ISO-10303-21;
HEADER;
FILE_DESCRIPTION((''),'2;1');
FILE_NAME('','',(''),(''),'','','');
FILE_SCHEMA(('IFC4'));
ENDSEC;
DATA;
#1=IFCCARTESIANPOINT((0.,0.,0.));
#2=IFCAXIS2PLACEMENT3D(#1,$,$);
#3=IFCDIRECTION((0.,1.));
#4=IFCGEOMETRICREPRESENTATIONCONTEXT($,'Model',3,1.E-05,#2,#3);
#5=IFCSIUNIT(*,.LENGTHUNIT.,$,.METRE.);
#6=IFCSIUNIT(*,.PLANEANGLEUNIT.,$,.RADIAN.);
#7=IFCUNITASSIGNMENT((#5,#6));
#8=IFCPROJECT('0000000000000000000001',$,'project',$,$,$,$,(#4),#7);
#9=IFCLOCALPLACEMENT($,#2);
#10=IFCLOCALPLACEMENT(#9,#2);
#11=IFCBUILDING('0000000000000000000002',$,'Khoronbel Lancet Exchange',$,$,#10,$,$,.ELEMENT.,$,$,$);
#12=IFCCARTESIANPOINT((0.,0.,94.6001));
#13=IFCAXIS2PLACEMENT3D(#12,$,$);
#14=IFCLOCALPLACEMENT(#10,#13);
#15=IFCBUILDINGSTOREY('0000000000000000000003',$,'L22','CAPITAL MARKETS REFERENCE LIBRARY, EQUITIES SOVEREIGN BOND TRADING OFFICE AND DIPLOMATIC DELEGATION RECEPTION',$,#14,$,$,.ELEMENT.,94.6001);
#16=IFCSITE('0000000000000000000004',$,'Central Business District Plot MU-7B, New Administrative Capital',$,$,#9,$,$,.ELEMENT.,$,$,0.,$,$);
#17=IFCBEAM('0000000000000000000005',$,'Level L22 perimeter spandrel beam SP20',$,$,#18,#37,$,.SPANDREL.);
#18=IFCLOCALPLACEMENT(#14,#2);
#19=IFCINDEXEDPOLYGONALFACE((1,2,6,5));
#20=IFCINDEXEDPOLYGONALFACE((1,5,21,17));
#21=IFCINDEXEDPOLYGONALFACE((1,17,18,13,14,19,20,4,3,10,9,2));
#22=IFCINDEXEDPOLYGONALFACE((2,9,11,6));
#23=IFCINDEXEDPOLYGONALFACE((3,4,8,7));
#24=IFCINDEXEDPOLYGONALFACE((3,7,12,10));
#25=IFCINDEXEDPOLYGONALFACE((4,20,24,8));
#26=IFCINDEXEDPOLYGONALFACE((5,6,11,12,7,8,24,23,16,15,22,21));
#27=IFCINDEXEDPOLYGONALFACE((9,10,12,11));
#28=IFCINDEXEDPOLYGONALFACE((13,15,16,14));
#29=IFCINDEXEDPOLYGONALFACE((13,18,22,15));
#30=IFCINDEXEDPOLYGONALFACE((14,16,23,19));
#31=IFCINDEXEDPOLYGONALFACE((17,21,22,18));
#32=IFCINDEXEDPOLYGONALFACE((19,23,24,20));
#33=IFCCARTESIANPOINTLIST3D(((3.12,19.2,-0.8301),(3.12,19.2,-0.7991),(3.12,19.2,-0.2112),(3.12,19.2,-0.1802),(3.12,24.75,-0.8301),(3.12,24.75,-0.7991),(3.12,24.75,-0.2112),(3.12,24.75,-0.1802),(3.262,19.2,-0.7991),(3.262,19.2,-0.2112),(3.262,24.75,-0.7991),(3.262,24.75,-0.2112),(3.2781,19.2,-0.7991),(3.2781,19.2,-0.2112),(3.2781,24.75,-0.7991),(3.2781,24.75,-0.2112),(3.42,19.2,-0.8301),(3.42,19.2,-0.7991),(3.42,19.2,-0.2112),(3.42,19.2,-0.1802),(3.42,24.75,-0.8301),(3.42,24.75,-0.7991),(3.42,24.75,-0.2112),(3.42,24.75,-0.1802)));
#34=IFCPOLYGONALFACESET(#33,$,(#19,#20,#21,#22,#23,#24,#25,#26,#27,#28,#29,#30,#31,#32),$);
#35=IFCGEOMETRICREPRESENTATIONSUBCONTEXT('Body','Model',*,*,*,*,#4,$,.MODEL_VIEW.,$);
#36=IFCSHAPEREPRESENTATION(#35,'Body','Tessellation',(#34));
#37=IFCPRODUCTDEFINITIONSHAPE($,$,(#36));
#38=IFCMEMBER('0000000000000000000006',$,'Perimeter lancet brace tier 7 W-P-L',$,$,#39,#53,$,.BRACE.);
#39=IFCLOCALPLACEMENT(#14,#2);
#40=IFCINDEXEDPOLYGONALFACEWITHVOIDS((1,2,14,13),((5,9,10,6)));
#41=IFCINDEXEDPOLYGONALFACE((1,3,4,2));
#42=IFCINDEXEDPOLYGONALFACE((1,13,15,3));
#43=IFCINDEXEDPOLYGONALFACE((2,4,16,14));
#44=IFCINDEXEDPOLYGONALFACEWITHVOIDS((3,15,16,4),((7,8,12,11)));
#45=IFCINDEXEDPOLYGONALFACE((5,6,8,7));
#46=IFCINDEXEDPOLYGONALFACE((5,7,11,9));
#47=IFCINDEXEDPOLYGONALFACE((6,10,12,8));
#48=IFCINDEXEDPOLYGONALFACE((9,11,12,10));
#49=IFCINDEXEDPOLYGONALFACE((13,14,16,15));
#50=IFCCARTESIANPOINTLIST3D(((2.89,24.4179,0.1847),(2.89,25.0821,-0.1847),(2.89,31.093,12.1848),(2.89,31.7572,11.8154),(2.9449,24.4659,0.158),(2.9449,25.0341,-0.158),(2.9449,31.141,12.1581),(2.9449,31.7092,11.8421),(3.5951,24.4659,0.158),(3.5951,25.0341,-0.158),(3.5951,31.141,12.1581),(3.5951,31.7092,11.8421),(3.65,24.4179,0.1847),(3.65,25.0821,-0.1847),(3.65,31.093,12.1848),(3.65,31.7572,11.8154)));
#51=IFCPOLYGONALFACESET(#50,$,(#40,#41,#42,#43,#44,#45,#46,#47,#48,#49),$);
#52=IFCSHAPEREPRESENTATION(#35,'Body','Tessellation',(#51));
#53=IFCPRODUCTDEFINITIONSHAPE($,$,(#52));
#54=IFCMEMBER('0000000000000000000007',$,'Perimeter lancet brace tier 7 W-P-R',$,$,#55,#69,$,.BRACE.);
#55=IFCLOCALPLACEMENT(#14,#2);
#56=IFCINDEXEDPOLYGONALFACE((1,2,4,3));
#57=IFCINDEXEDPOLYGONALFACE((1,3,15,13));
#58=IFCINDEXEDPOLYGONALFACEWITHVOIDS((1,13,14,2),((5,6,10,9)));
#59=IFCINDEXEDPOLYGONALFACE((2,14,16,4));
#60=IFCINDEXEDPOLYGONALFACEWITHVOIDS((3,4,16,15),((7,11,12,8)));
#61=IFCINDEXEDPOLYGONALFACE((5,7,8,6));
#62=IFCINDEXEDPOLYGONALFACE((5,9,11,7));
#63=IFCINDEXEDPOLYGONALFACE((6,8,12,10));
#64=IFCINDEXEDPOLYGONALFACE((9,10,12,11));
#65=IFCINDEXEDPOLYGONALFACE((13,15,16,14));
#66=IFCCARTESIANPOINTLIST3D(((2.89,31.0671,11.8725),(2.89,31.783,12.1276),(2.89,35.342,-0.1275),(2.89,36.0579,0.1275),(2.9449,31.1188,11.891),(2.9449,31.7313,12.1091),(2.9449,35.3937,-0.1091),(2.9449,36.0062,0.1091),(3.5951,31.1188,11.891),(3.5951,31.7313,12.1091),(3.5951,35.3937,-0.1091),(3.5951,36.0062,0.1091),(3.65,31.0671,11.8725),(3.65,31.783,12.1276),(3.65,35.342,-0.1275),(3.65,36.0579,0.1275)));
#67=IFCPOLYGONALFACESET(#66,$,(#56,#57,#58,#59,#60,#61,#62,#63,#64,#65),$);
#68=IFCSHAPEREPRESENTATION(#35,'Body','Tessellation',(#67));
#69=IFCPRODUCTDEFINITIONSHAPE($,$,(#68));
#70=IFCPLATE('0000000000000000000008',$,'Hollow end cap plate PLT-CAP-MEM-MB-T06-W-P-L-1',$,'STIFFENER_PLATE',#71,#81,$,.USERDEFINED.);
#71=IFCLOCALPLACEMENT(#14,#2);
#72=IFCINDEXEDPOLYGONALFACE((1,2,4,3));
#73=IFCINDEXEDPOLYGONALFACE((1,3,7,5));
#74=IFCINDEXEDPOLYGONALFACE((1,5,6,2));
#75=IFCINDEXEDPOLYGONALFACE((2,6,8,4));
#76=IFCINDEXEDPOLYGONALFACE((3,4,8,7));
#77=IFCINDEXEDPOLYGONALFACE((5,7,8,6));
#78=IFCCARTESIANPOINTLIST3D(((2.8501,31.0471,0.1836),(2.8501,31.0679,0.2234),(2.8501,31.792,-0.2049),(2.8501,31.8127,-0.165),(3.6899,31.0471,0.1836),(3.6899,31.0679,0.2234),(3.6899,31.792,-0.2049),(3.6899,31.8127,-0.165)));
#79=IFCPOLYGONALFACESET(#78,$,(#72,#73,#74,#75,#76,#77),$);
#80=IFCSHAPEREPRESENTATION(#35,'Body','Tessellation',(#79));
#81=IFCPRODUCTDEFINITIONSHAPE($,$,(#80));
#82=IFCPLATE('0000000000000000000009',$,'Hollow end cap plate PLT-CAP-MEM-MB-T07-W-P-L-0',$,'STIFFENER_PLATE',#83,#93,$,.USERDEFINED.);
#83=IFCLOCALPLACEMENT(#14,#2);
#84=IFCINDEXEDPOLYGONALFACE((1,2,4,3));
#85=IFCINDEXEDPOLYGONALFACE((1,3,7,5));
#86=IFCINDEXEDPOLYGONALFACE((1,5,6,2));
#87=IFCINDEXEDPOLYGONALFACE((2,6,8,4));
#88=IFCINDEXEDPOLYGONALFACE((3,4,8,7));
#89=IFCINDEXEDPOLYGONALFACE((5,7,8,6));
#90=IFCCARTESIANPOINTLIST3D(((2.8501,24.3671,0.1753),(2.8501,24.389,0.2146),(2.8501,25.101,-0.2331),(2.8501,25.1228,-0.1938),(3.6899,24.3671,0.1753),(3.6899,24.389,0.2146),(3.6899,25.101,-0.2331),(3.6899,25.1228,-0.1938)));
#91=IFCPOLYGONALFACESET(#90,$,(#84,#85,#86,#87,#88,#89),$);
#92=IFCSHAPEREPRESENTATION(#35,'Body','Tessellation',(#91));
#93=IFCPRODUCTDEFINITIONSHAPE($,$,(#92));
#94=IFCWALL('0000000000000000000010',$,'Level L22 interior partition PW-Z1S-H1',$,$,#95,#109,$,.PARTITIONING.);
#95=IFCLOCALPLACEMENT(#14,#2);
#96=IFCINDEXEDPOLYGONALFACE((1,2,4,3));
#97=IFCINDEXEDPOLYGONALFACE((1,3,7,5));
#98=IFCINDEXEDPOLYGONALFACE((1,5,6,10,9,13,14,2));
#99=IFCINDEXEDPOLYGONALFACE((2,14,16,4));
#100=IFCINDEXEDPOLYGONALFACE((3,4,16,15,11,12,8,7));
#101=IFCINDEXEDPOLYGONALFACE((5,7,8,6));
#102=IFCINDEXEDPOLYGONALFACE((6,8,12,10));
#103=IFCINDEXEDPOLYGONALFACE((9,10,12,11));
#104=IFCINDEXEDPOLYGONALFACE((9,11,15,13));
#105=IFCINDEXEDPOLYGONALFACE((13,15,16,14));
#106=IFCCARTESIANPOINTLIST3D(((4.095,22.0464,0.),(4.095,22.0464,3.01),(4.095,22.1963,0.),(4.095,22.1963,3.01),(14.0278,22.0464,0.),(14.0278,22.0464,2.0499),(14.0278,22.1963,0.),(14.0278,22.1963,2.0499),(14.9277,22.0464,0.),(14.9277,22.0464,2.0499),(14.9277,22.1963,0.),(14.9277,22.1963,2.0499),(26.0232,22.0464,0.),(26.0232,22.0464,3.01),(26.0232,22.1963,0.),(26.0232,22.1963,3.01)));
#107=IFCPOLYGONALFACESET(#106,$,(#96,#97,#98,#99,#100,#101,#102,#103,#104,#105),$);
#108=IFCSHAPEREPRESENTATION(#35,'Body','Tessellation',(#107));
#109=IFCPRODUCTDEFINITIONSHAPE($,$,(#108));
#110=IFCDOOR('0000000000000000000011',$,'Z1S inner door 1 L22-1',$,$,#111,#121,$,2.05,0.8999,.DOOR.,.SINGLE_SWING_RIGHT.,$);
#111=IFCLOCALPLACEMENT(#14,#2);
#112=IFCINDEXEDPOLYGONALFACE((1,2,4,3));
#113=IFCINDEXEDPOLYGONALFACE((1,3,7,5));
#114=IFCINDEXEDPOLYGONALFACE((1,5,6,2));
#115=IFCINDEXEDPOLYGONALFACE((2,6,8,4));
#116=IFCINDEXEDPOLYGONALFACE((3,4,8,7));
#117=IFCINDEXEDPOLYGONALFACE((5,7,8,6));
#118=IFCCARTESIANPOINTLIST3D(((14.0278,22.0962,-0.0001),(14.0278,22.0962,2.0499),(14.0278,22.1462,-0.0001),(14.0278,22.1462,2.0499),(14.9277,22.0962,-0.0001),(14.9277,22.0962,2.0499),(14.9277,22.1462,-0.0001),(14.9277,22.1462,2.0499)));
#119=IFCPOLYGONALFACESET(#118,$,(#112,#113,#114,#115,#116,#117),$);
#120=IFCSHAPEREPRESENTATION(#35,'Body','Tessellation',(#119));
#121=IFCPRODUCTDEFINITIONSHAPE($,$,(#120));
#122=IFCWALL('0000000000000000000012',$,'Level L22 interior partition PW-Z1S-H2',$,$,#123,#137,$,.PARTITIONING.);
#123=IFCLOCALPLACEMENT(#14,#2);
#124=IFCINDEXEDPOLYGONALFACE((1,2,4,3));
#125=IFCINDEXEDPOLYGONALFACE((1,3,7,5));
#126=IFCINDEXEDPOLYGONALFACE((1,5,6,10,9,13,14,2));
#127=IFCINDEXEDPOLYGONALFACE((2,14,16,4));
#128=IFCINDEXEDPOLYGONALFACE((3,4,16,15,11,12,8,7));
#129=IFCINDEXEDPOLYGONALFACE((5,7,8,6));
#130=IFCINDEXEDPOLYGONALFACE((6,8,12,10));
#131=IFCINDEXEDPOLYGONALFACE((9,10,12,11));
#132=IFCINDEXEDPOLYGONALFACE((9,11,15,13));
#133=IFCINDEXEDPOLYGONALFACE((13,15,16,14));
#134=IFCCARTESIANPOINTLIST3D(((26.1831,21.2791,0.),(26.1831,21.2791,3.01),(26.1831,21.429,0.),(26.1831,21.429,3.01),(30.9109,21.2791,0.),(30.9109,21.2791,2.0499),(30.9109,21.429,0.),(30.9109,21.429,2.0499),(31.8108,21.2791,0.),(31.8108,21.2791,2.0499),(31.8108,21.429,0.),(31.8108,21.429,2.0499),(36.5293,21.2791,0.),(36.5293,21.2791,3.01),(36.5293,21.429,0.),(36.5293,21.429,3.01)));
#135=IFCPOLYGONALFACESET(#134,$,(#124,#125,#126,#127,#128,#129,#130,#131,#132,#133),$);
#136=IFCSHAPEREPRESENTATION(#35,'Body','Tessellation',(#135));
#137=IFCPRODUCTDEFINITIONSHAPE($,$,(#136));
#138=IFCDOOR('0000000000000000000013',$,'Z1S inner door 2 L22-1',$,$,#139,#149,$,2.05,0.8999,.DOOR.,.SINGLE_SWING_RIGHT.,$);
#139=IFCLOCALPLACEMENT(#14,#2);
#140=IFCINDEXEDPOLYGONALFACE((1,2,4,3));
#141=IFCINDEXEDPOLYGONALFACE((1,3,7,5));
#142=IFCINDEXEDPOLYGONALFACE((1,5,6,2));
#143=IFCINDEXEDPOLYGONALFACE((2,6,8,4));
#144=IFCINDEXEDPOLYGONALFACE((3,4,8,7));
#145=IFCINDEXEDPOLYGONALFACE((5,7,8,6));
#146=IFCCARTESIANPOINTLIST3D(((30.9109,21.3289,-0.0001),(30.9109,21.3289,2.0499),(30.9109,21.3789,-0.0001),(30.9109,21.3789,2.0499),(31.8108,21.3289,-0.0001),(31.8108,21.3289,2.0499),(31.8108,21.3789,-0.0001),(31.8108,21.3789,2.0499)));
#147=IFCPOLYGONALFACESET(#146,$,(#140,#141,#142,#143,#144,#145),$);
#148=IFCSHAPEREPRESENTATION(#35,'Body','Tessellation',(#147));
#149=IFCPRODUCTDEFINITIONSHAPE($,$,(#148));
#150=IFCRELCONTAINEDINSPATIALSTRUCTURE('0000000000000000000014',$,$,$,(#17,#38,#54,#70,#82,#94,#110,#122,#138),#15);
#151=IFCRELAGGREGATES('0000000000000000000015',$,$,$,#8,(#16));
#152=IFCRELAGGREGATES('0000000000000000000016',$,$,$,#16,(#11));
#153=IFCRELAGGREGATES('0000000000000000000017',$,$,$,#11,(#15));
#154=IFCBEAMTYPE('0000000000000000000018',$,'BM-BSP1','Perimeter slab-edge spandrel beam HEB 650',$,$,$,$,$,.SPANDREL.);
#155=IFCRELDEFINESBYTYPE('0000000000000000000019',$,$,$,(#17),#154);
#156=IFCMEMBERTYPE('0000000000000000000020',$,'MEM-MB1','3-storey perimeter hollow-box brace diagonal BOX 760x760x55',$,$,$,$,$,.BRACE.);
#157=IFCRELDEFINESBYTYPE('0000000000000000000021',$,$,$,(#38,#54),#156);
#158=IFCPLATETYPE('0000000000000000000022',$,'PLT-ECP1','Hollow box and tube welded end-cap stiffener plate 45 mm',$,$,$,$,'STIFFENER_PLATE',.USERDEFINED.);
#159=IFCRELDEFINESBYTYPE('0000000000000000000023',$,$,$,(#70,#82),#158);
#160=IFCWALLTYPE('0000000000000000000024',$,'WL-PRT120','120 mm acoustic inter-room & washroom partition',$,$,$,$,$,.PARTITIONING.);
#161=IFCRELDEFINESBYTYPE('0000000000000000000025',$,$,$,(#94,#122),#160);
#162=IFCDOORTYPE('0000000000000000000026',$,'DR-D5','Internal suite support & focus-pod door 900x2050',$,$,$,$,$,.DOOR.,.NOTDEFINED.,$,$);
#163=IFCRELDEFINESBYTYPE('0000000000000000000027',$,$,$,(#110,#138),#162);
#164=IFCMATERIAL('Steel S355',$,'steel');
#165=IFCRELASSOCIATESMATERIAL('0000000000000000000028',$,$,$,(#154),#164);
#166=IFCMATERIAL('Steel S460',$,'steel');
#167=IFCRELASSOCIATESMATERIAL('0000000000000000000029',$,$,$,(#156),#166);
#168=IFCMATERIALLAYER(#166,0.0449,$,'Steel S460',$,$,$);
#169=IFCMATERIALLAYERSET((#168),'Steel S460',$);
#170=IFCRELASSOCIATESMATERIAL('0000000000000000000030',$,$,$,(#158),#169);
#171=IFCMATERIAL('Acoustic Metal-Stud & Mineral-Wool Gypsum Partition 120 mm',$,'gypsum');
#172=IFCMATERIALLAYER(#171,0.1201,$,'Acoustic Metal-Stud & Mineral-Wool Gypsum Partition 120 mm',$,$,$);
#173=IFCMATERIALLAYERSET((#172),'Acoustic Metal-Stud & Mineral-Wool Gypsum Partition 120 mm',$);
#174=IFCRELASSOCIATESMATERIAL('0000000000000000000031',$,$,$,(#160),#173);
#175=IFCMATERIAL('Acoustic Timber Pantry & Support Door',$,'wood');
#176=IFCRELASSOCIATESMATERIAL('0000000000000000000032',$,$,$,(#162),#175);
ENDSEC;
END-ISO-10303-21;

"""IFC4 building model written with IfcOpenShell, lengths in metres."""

from ifc_helpers import new_model, si_unit, direction, frame, frame_2d, origin, origin_2d, place, context, subcontext, project, spatial, polyline, rectangle, hollow_rectangle, i_section, outline, extrude, material, layer, layer_set, material_profile, profile_set, type_object, element, fill, save


model = new_model("IFC4")

# Units and contexts
model_context = context("Model", 3, precision=1e-05, world=origin(), true_north=direction((0.0, 1.0)))
body_context = subcontext(model_context, "Body", "Model", "MODEL_VIEW")
ifc_project = project(units=[si_unit("LENGTHUNIT", "METRE"), si_unit("PLANEANGLEUNIT", "RADIAN")], contexts=[model_context])

# Site, building, storey
site_placement = place(None, origin())
site = spatial("IfcSite", under=ifc_project, at=site_placement, Name="Central Business District Plot MU-7B, New Administrative Capital", CompositionType="ELEMENT", RefElevation=0.0)
building_placement = place(site_placement, origin())
building = spatial("IfcBuilding", under=site, at=building_placement, Name="Khoronbel Lancet Exchange", CompositionType="ELEMENT")
storey_placement = place(building_placement, frame((0.0, 0.0, 94.6001)))
storey = spatial("IfcBuildingStorey", under=building, at=storey_placement, Name="L22", Description="CAPITAL MARKETS REFERENCE LIBRARY, EQUITIES SOVEREIGN BOND TRADING OFFICE AND DIPLOMATIC DELEGATION RECEPTION", CompositionType="ELEMENT", Elevation=94.6001)

# Shared definitions
ifc_material_1 = material(Name="Steel S460", Category="steel")
ifc_material_2 = material(Name="Steel S355", Category="steel")

# Beam
ifc_material_profile_1 = material_profile(ifc_material_2, i_section(OverallWidth=0.3, OverallDepth=0.6499, WebThickness=0.0161, FlangeThickness=0.031, at=origin_2d()), Name="HEB 650")
ifc_profile_set_1 = profile_set([ifc_material_profile_1], Name="Steel S355")
beam_type_1 = type_object("IfcBeamType", Name="BM-BSP1", Description="Perimeter slab-edge spandrel beam HEB 650", PredefinedType="SPANDREL", material=ifc_profile_set_1)
beam_1_placement = place(storey_placement, frame((3.27, 24.75, -0.5051), z_axis=(0.0, -1.0, 0.0), x_axis=(1.0, 0.0, 0.0)))
element("IfcBeam", 1, at=beam_1_placement, inside=storey, type_object=beam_type_1, Name="Level L22 perimeter spandrel beam SP20", PredefinedType="SPANDREL", context=body_context, shape_type="SweptSolid", body=[
    extrude(i_section(OverallWidth=0.3, OverallDepth=0.6499, WebThickness=0.0161, FlangeThickness=0.031, at=origin_2d()), origin(), (0.0, 0.0, 1.0), 5.55),
])

# Members
ifc_material_profile_2 = material_profile(ifc_material_1, hollow_rectangle(XDim=0.76, YDim=0.76, WallThickness=0.0549, at=origin_2d()), Name="BOX 760x760x55")
ifc_profile_set_2 = profile_set([ifc_material_profile_2], Name="Steel S460")
member_type = type_object("IfcMemberType", Name="MEM-MB1", Description="3-storey perimeter hollow-box brace diagonal BOX 760x760x55", PredefinedType="BRACE", material=ifc_profile_set_2)
member_1_placement = place(storey_placement, frame((3.27, 24.75, 0.0), z_axis=(0.0, 0.486109, 0.873898), x_axis=(-1.0, 0.0, 0.0)))
element("IfcMember", 2, at=member_1_placement, inside=storey, type_object=member_type, Name="Perimeter lancet brace tier 7 W-P-L", PredefinedType="BRACE", context=body_context, shape_type="SweptSolid", body=[
    extrude(hollow_rectangle(XDim=0.76, YDim=0.76, WallThickness=0.0549, at=origin_2d()), origin(), (0.0, 0.0, 1.0), 13.7317),
])
member_2_placement = place(storey_placement, frame((3.27, 35.7, 0.0), z_axis=(0.0, -0.335584, 0.94201), x_axis=(1.0, 0.0, 0.0)))
element("IfcMember", 3, at=member_2_placement, inside=storey, type_object=member_type, Name="Perimeter lancet brace tier 7 W-P-R", PredefinedType="BRACE", context=body_context, shape_type="SweptSolid", body=[
    extrude(hollow_rectangle(XDim=0.76, YDim=0.76, WallThickness=0.0549, at=origin_2d()), origin(), (0.0, 0.0, 1.0), 12.7388),
])

# Plates
ifc_layer_1 = layer(ifc_material_1, 0.0449, Name="Steel S460")
ifc_layer_set_1 = layer_set([ifc_layer_1], Name="Steel S460")
plate_type = type_object("IfcPlateType", Name="PLT-ECP1", Description="Hollow box and tube welded end-cap stiffener plate 45 mm", ElementType="STIFFENER_PLATE", PredefinedType="USERDEFINED", material=ifc_layer_set_1)
plate_1_placement = place(storey_placement, frame((3.6899, 31.8127, -0.165), z_axis=(0.0, 0.462377, 0.886683), x_axis=(-1.0, 0.0, 0.0)))
element("IfcPlate", 4, at=plate_1_placement, inside=storey, type_object=plate_type, Name="Hollow end cap plate PLT-CAP-MEM-MB-T06-W-P-L-1", ObjectType="STIFFENER_PLATE", PredefinedType="USERDEFINED", context=body_context, shape_type="SweptSolid", body=[
    extrude(outline(polyline([(0.0, 0.0), (0.8398, 0.0), (0.8398, 0.8401), (0.0, 0.8401), (0.0, 0.0)])), origin(), (0.0, 0.0, -1.0), 0.0449),
])
plate_2_placement = place(storey_placement, frame((3.6899, 25.1228, -0.1938), z_axis=(0.0, 0.486309, 0.873787), x_axis=(-1.0, 0.0, 0.0)))
element("IfcPlate", 5, at=plate_2_placement, inside=storey, type_object=plate_type, Name="Hollow end cap plate PLT-CAP-MEM-MB-T07-W-P-L-0", ObjectType="STIFFENER_PLATE", PredefinedType="USERDEFINED", context=body_context, shape_type="SweptSolid", body=[
    extrude(outline(polyline([(0.0, 0.0), (0.8398, 0.0), (0.8398, 0.8398), (0.0, 0.8398), (0.0, 0.0)])), origin(), (0.0, 0.0, -1.0), 0.0449),
])

# Walls, openings, doors
ifc_material_3 = material(Name="Acoustic Metal-Stud & Mineral-Wool Gypsum Partition 120 mm", Category="gypsum")
ifc_layer_2 = layer(ifc_material_3, 0.1201, Name="Acoustic Metal-Stud & Mineral-Wool Gypsum Partition 120 mm")
ifc_layer_set_2 = layer_set([ifc_layer_2], Name="Acoustic Metal-Stud & Mineral-Wool Gypsum Partition 120 mm")
wall_type_1 = type_object("IfcWallType", Name="WL-PRT120", Description="120 mm acoustic inter-room & washroom partition", PredefinedType="PARTITIONING", material=ifc_layer_set_2)
wall_1_placement = place(storey_placement, frame((4.095, 22.1213, 0.0), z_axis=(0.0, 0.0, 1.0), x_axis=(1.0, 0.0, 0.0)))
wall_1 = element("IfcWall", 6, at=wall_1_placement, inside=storey, type_object=wall_type_1, Name="Level L22 interior partition PW-Z1S-H1", PredefinedType="PARTITIONING", context=body_context, shape_type="SweptSolid", body=[
    extrude(rectangle(XDim=21.9282, YDim=0.1499, at=frame_2d((10.9641, 0.0))), origin(), (0.0, 0.0, 1.0), 3.01),
])
opening_1_placement = place(wall_1_placement, frame((9.9329, 0.0, 0.0)))
opening_1 = element("IfcOpeningElement", 7, at=opening_1_placement, cuts=wall_1, PredefinedType="OPENING", context=body_context, shape_type="SweptSolid", body=[
    extrude(rectangle(XDim=0.8999, YDim=2.05, at=frame_2d((0.45, 1.0249))), frame((0.0, 0.085, 0.0), z_axis=(0.0, -1.0, 0.0), x_axis=(1.0, 0.0, 0.0)), (0.0, 0.0, 1.0), 0.1699),
])
ifc_material_4 = material(Name="Acoustic Timber Pantry & Support Door", Category="wood")
door_type_1 = type_object("IfcDoorType", Name="DR-D5", Description="Internal suite support & focus-pod door 900x2050", OperationType="NOTDEFINED", PredefinedType="DOOR", material=ifc_material_4)
door_1_placement = place(opening_1_placement, origin())
door_1 = element("IfcDoor", 8, at=door_1_placement, inside=storey, type_object=door_type_1, Name="Z1S inner door 1 L22-1", OperationType="SINGLE_SWING_RIGHT", OverallHeight=2.05, OverallWidth=0.8999, PredefinedType="DOOR", context=body_context, shape_type="SweptSolid", body=[
    extrude(rectangle(XDim=0.8999, YDim=2.05, at=frame_2d((0.45, 1.0249))), frame((0.0, 0.0249, 0.0), z_axis=(0.0, -1.0, 0.0), x_axis=(1.0, 0.0, 0.0)), (0.0, 0.0, 1.0), 0.05),
])
fill(opening_1, door_1)
wall_2_placement = place(storey_placement, frame((26.1831, 21.354, 0.0), z_axis=(0.0, 0.0, 1.0), x_axis=(1.0, 0.0, 0.0)))
wall_2 = element("IfcWall", 9, at=wall_2_placement, inside=storey, type_object=wall_type_1, Name="Level L22 interior partition PW-Z1S-H2", PredefinedType="PARTITIONING", context=body_context, shape_type="SweptSolid", body=[
    extrude(rectangle(XDim=10.3462, YDim=0.1499, at=frame_2d((5.1731, 0.0))), origin(), (0.0, 0.0, 1.0), 3.01),
])
opening_2_placement = place(wall_2_placement, frame((4.7278, 0.0, 0.0)))
opening_2 = element("IfcOpeningElement", 10, at=opening_2_placement, cuts=wall_2, PredefinedType="OPENING", context=body_context, shape_type="SweptSolid", body=[
    extrude(rectangle(XDim=0.8999, YDim=2.05, at=frame_2d((0.45, 1.0249))), frame((0.0, 0.085, 0.0), z_axis=(0.0, -1.0, 0.0), x_axis=(1.0, 0.0, 0.0)), (0.0, 0.0, 1.0), 0.1699),
])
door_2_placement = place(opening_2_placement, origin())
door_2 = element("IfcDoor", 11, at=door_2_placement, inside=storey, type_object=door_type_1, Name="Z1S inner door 2 L22-1", OperationType="SINGLE_SWING_RIGHT", OverallHeight=2.05, OverallWidth=0.8999, PredefinedType="DOOR", context=body_context, shape_type="SweptSolid", body=[
    extrude(rectangle(XDim=0.8999, YDim=2.05, at=frame_2d((0.45, 1.0249))), frame((0.0, 0.0249, 0.0), z_axis=(0.0, -1.0, 0.0), x_axis=(1.0, 0.0, 0.0)), (0.0, 0.0, 1.0), 0.05),
])
fill(opening_2, door_2)

save(model, "model.ifc")
